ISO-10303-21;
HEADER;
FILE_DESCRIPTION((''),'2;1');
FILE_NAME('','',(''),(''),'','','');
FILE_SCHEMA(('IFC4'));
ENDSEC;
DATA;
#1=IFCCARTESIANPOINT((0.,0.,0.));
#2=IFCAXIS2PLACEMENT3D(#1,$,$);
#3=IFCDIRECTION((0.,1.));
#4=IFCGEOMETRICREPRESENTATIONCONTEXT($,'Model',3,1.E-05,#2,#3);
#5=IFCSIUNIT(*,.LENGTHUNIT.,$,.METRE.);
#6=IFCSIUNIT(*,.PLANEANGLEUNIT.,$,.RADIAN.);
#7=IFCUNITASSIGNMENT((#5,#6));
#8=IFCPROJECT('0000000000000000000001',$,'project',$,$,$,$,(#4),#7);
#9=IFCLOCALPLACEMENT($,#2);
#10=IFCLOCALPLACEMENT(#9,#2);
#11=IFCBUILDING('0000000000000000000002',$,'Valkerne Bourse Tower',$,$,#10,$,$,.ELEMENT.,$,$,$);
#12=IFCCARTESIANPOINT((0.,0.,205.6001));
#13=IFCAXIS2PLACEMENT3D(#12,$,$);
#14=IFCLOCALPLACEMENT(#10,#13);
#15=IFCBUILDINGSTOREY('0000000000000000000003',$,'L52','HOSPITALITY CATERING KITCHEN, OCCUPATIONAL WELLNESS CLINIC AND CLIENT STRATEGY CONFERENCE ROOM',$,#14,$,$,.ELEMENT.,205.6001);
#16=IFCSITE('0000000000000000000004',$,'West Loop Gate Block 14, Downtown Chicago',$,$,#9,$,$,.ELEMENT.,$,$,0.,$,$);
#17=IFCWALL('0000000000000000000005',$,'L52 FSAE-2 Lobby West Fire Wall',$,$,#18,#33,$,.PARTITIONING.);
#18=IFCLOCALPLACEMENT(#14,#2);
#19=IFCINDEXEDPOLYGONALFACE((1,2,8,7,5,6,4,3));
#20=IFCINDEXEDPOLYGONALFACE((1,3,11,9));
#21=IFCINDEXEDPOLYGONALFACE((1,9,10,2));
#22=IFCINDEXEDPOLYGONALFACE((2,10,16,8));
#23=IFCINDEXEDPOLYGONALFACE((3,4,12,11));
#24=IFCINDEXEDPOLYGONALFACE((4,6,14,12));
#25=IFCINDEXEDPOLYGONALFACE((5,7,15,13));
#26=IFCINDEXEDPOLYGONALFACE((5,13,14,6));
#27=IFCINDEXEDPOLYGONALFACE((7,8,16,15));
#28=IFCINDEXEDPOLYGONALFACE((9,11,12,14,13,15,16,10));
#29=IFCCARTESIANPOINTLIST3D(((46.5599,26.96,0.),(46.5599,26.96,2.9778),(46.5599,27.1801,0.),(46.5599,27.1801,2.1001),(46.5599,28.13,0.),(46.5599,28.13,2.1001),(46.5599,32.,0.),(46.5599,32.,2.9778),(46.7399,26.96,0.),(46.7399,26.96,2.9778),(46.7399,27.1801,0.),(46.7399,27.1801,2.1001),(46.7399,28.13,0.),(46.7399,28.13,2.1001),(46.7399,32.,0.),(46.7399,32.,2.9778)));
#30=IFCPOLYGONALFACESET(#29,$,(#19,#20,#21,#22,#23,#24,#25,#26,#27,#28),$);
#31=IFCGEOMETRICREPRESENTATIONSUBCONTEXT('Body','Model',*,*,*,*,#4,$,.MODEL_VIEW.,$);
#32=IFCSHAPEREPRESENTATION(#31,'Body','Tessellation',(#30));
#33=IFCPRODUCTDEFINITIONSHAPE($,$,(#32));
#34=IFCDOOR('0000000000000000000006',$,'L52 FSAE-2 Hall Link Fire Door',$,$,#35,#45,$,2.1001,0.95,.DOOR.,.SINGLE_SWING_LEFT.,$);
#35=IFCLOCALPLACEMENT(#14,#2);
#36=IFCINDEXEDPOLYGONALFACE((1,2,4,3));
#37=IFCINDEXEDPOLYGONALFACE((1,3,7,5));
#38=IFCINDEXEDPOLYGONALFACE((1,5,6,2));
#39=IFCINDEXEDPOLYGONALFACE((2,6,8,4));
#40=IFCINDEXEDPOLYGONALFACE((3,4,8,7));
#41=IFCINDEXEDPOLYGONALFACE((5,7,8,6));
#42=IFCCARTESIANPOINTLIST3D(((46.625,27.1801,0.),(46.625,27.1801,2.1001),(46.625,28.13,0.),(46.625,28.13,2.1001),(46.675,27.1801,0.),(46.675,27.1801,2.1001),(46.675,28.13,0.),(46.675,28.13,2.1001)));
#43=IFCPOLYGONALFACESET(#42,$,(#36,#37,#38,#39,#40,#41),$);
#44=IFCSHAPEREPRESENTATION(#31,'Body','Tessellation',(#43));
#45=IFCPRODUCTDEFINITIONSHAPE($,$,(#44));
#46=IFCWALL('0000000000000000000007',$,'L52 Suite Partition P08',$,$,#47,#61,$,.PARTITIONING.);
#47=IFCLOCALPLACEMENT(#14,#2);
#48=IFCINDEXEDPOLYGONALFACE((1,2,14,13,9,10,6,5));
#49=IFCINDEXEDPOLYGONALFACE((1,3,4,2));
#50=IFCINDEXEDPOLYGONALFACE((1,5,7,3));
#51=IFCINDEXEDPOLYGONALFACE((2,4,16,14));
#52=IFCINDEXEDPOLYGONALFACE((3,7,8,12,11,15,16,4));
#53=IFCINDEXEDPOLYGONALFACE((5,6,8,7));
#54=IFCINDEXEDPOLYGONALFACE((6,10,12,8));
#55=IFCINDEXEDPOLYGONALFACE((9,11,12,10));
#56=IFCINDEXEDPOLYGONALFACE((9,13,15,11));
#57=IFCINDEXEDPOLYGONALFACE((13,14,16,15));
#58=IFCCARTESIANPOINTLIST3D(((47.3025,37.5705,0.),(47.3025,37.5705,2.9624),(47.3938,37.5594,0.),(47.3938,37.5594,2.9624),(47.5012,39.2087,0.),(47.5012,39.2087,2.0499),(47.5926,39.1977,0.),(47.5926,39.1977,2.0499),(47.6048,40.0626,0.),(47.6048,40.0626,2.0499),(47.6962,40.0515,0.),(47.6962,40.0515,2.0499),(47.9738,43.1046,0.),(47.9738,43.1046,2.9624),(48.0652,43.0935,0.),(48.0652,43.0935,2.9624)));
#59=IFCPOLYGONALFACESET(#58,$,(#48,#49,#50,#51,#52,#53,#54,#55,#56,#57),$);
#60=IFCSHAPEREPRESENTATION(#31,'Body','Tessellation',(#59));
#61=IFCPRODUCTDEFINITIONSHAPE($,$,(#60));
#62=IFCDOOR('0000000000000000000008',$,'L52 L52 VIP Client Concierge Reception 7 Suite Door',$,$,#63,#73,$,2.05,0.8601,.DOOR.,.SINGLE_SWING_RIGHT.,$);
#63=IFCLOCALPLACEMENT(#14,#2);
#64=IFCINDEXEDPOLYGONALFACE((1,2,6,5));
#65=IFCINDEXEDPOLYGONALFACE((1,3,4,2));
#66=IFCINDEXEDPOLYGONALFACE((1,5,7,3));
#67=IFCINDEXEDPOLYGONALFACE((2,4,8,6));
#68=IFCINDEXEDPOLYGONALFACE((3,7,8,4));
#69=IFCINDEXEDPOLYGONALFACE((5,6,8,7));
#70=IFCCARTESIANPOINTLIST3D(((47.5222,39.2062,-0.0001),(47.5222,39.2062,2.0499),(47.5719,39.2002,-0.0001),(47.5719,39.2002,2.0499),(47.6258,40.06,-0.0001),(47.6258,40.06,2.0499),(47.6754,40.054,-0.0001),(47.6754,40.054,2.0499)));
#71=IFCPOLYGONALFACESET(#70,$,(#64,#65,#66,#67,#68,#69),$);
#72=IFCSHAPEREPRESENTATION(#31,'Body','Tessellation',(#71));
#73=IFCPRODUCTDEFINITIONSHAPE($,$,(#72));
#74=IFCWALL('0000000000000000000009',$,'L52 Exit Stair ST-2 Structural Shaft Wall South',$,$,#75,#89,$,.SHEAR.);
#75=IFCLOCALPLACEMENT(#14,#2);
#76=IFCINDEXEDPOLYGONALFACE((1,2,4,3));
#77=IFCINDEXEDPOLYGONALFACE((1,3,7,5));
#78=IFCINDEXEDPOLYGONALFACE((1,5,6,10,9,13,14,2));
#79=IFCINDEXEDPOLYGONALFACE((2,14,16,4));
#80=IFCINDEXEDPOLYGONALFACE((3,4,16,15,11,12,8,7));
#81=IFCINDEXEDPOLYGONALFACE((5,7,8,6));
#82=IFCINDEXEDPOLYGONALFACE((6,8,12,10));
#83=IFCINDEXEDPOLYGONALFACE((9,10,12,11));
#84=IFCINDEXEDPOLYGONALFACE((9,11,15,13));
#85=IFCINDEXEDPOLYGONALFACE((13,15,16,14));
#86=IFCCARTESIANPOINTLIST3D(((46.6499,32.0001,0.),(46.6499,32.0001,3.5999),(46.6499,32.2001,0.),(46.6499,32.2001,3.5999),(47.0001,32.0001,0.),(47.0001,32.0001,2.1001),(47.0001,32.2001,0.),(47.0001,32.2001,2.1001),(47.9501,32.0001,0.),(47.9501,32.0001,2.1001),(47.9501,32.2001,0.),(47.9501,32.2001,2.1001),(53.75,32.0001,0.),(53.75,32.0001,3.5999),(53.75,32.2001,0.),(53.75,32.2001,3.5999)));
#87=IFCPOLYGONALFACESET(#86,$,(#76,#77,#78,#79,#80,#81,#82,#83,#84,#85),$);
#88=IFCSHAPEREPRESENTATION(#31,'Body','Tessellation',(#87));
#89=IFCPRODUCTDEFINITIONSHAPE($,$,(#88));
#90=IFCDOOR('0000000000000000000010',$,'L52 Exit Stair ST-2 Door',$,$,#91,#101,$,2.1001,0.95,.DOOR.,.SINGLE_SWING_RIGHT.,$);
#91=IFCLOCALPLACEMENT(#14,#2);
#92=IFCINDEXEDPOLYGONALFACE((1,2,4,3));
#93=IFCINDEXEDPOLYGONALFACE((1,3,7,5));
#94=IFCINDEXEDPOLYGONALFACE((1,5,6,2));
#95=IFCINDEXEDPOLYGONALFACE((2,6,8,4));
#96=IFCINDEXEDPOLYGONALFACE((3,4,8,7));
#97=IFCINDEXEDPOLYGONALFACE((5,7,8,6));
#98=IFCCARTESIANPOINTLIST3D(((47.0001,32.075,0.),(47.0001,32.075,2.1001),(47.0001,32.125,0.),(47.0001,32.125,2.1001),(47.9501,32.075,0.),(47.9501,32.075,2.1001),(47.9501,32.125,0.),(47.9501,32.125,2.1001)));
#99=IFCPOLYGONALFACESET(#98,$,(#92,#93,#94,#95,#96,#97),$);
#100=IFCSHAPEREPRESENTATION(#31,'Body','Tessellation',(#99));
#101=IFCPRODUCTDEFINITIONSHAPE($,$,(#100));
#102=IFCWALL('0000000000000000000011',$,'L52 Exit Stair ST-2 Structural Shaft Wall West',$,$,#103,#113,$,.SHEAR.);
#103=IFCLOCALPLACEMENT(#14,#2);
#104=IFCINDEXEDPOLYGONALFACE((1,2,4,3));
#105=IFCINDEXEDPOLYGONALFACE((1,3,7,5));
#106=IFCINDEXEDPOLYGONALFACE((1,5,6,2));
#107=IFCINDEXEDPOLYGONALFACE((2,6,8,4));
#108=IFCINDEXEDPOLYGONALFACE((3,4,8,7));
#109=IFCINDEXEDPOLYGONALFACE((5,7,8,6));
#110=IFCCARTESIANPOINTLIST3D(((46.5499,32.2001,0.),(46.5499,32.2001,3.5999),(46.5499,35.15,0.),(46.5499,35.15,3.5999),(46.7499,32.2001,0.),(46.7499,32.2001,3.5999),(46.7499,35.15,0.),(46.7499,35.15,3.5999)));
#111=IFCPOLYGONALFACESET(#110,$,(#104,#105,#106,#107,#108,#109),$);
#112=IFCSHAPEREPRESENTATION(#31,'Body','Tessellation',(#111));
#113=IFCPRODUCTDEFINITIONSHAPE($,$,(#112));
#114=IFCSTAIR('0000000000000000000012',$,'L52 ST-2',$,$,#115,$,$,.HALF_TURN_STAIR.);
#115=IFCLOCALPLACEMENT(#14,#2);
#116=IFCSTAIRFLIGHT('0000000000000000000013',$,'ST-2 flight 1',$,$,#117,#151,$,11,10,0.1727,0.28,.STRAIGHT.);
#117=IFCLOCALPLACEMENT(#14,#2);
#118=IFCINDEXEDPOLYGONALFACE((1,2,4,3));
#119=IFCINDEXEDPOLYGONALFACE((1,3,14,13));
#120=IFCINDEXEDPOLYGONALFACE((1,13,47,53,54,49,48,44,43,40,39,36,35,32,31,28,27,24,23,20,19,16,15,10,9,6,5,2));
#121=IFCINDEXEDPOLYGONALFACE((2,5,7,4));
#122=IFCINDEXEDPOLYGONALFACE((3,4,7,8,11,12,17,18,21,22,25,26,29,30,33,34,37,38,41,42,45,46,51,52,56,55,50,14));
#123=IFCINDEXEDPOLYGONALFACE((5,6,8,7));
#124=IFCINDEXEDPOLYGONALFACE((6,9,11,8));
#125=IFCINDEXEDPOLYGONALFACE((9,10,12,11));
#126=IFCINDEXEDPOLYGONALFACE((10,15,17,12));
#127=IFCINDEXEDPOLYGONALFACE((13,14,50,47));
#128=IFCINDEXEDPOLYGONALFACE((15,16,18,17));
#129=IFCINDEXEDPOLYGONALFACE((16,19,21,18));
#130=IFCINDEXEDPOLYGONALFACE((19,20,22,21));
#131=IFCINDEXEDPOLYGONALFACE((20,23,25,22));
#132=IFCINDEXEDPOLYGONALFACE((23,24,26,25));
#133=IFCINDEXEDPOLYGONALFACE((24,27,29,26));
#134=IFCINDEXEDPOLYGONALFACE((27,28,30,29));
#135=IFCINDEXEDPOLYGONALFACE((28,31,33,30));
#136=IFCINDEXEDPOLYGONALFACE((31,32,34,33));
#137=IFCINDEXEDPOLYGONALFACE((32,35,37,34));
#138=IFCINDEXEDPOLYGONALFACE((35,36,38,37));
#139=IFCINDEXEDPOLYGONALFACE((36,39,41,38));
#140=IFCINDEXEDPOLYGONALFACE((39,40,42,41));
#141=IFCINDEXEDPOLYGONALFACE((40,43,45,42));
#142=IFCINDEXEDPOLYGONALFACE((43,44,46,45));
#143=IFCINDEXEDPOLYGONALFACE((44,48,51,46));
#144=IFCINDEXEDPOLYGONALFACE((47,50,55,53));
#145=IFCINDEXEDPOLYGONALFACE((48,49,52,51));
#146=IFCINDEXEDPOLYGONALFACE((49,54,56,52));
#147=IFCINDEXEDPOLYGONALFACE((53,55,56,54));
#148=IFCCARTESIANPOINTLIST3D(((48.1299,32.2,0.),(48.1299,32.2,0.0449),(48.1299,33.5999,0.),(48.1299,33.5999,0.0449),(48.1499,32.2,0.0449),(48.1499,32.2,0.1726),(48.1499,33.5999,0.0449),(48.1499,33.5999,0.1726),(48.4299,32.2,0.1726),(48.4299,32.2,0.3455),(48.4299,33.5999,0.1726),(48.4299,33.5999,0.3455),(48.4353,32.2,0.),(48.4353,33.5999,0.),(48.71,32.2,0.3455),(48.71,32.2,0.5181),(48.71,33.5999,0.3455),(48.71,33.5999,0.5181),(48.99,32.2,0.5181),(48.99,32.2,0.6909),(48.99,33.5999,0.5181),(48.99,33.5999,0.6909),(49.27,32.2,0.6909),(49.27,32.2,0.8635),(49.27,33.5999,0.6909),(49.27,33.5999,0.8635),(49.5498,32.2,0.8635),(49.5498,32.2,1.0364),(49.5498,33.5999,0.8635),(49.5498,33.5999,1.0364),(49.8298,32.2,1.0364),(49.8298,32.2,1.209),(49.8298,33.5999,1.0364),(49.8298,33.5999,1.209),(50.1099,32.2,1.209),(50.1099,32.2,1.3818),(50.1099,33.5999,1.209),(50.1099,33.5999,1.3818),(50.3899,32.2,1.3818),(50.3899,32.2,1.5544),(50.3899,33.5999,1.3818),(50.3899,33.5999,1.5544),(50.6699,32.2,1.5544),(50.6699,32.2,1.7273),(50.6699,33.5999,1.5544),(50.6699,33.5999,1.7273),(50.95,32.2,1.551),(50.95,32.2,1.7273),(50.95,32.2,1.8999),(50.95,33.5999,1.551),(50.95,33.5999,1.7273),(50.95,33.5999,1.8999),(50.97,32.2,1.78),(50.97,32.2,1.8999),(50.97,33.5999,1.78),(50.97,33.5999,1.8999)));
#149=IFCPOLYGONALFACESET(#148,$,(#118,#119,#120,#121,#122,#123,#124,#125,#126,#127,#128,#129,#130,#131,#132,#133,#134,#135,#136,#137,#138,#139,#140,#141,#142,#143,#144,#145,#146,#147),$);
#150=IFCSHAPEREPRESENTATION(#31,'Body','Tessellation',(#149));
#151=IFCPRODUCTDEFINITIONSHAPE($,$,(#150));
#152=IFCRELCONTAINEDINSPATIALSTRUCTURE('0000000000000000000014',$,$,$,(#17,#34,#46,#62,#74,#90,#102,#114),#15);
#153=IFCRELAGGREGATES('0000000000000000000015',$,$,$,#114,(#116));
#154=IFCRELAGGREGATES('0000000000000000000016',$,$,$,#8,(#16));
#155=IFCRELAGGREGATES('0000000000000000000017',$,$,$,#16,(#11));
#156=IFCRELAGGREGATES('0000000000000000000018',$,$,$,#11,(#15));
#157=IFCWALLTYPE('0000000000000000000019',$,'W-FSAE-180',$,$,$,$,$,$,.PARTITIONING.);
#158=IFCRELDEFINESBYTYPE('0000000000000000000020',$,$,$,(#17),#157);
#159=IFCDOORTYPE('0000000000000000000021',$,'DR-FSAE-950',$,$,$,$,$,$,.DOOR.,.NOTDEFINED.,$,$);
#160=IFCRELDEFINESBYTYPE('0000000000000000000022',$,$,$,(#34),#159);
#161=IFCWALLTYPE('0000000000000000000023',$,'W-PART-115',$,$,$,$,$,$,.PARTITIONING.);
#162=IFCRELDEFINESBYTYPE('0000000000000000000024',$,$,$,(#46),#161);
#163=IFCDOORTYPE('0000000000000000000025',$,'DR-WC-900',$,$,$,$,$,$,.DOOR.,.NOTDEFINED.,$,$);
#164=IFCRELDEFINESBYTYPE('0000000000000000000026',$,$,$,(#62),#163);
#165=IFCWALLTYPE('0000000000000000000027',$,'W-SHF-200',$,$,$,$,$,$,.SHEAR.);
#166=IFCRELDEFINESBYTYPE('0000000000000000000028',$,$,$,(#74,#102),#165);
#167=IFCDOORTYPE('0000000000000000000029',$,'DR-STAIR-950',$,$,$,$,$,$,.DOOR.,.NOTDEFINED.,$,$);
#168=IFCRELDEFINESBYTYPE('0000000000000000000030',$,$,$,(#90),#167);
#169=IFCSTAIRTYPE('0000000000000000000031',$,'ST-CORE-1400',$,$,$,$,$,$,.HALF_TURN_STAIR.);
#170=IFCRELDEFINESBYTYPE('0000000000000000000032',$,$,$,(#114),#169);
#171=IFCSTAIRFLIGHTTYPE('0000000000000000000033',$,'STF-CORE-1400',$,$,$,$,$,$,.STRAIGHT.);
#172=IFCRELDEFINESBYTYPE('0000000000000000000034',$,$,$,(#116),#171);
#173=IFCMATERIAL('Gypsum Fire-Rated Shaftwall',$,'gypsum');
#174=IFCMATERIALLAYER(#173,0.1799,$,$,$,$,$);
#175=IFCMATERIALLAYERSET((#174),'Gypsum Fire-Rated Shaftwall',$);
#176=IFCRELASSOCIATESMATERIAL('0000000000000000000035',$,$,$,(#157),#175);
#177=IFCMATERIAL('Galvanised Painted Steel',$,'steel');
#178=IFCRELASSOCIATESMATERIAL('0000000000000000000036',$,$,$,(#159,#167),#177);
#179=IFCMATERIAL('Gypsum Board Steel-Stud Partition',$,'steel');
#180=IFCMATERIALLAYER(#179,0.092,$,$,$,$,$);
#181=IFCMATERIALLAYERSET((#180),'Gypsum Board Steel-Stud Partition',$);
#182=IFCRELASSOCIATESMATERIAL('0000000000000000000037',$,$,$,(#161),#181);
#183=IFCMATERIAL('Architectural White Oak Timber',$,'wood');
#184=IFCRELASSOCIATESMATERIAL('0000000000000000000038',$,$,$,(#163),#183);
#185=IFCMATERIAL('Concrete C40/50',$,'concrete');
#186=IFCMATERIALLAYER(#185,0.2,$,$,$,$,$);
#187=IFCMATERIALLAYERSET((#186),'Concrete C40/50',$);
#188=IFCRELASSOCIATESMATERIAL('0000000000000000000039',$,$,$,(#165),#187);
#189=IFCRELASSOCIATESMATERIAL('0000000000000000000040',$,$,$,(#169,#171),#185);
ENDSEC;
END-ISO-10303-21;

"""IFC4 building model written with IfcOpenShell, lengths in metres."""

from ifc_helpers import new_model, si_unit, direction, frame, frame_2d, origin, place, context, subcontext, project, spatial, polyline, rectangle, outline, extrude, material, layer, layer_set, type_object, element, fill, aggregate, save


model = new_model("IFC4")

# Units and contexts
model_context = context("Model", 3, precision=1e-05, world=origin(), true_north=direction((0.0, 1.0)))
body_context = subcontext(model_context, "Body", "Model", "MODEL_VIEW")
ifc_project = project(units=[si_unit("LENGTHUNIT", "METRE"), si_unit("PLANEANGLEUNIT", "RADIAN")], contexts=[model_context])

# Site, building, storey
site_placement = place(None, origin())
site = spatial("IfcSite", under=ifc_project, at=site_placement, Name="West Loop Gate Block 14, Downtown Chicago", CompositionType="ELEMENT", RefElevation=0.0)
building_placement = place(site_placement, origin())
building = spatial("IfcBuilding", under=site, at=building_placement, Name="Valkerne Bourse Tower", CompositionType="ELEMENT")
storey_placement = place(building_placement, frame((0.0, 0.0, 205.6001)))
storey = spatial("IfcBuildingStorey", under=building, at=storey_placement, Name="L52", Description="HOSPITALITY CATERING KITCHEN, OCCUPATIONAL WELLNESS CLINIC AND CLIENT STRATEGY CONFERENCE ROOM", CompositionType="ELEMENT", Elevation=205.6001)

# Shared definitions
ifc_material_1 = material(Name="Gypsum Board Steel-Stud Partition", Category="steel")
ifc_material_2 = material(Name="Gypsum Fire-Rated Shaftwall", Category="gypsum")
ifc_layer_1 = layer(ifc_material_2, 0.1799)
ifc_layer_set_1 = layer_set([ifc_layer_1], Name="Gypsum Fire-Rated Shaftwall")
wall_type_1 = type_object("IfcWallType", Name="W-FSAE-180", PredefinedType="PARTITIONING", material=ifc_layer_set_1)

# Wall, opening, door
wall_1_placement = place(storey_placement, frame((46.6499, 26.96, 0.0), z_axis=(0.0, 0.0, 1.0), x_axis=(0.0, 1.0, 0.0)))
wall_1 = element("IfcWall", 1, at=wall_1_placement, inside=storey, type_object=wall_type_1, Name="L52 FSAE-2 Lobby West Fire Wall", PredefinedType="PARTITIONING", context=body_context, shape_type="SweptSolid", body=[
    extrude(rectangle(XDim=5.04, YDim=0.1799, at=frame_2d((2.52, 0.0))), origin(), (0.0, 0.0, 1.0), 2.9778),
])
opening_1_placement = place(wall_1_placement, frame((0.22, 0.0, 0.0)))
opening_1 = element("IfcOpeningElement", 2, at=opening_1_placement, cuts=wall_1, PredefinedType="OPENING", context=body_context, shape_type="SweptSolid", body=[
    extrude(rectangle(XDim=0.95, YDim=2.1001, at=frame_2d((0.4751, 1.05))), frame((0.0, 0.0999, 0.0), z_axis=(0.0, -1.0, 0.0), x_axis=(1.0, 0.0, 0.0)), (0.0, 0.0, 1.0), 0.2),
])
ifc_material_3 = material(Name="Galvanised Painted Steel", Category="steel")
door_type_1 = type_object("IfcDoorType", Name="DR-FSAE-950", OperationType="NOTDEFINED", PredefinedType="DOOR", material=ifc_material_3)
door_1_placement = place(opening_1_placement, origin())
door_1 = element("IfcDoor", 3, at=door_1_placement, inside=storey, type_object=door_type_1, Name="L52 FSAE-2 Hall Link Fire Door", OperationType="SINGLE_SWING_LEFT", OverallHeight=2.1001, OverallWidth=0.95, PredefinedType="DOOR", context=body_context, shape_type="SweptSolid", body=[
    extrude(rectangle(XDim=0.95, YDim=2.1001, at=frame_2d((0.4751, 1.05))), frame((0.0, 0.0249, 0.0), z_axis=(0.0, -1.0, 0.0), x_axis=(1.0, 0.0, 0.0)), (0.0, 0.0, 1.0), 0.05),
])
fill(opening_1, door_1)

# Walls, openings, doors
ifc_layer_2 = layer(ifc_material_1, 0.092)
ifc_layer_set_2 = layer_set([ifc_layer_2], Name="Gypsum Board Steel-Stud Partition")
wall_type_2 = type_object("IfcWallType", Name="W-PART-115", PredefinedType="PARTITIONING", material=ifc_layer_set_2)
wall_2_placement = place(storey_placement, frame((47.3481, 37.5649, 0.0), z_axis=(0.0, 0.0, 1.0), x_axis=(0.120433, 0.992721, 0.0)))
wall_2 = element("IfcWall", 4, at=wall_2_placement, inside=storey, type_object=wall_type_2, Name="L52 Suite Partition P08", PredefinedType="PARTITIONING", context=body_context, shape_type="SweptSolid", body=[
    extrude(rectangle(XDim=5.5747, YDim=0.092, at=frame_2d((2.7874, 0.0))), origin(), (0.0, 0.0, 1.0), 2.9624),
])
opening_2_placement = place(wall_2_placement, frame((1.6501, 0.0, 0.0)))
opening_2 = element("IfcOpeningElement", 5, at=opening_2_placement, cuts=wall_2, PredefinedType="OPENING", context=body_context, shape_type="SweptSolid", body=[
    extrude(rectangle(XDim=0.8601, YDim=2.05, at=frame_2d((0.4302, 1.0249))), frame((0.0, 0.0559, 0.0), z_axis=(0.0, -1.0, 0.0), x_axis=(1.0, 0.0, 0.0)), (0.0, 0.0, 1.0), 0.1121),
])
ifc_material_4 = material(Name="Architectural White Oak Timber", Category="wood")
door_type_2 = type_object("IfcDoorType", Name="DR-WC-900", OperationType="NOTDEFINED", PredefinedType="DOOR", material=ifc_material_4)
door_2_placement = place(opening_2_placement, origin())
door_2 = element("IfcDoor", 6, at=door_2_placement, inside=storey, type_object=door_type_2, Name="L52 L52 VIP Client Concierge Reception 7 Suite Door", OperationType="SINGLE_SWING_RIGHT", OverallHeight=2.05, OverallWidth=0.8601, PredefinedType="DOOR", context=body_context, shape_type="SweptSolid", body=[
    extrude(rectangle(XDim=0.8601, YDim=2.05, at=frame_2d((0.4302, 1.0249))), frame((0.0, 0.0249, 0.0), z_axis=(0.0, -1.0, 0.0), x_axis=(1.0, 0.0, 0.0)), (0.0, 0.0, 1.0), 0.05),
])
fill(opening_2, door_2)
ifc_material_5 = material(Name="Concrete C40/50", Category="concrete")
ifc_layer_3 = layer(ifc_material_5, 0.2)
ifc_layer_set_3 = layer_set([ifc_layer_3], Name="Concrete C40/50")
wall_type_3 = type_object("IfcWallType", Name="W-SHF-200", PredefinedType="SHEAR", material=ifc_layer_set_3)
wall_3_placement = place(storey_placement, frame((46.6499, 32.1001, 0.0), z_axis=(0.0, 0.0, 1.0), x_axis=(1.0, 0.0, 0.0)))
wall_3 = element("IfcWall", 7, at=wall_3_placement, inside=storey, type_object=wall_type_3, Name="L52 Exit Stair ST-2 Structural Shaft Wall South", PredefinedType="SHEAR", context=body_context, shape_type="SweptSolid", body=[
    extrude(rectangle(XDim=7.1001, YDim=0.2, at=frame_2d((3.55, 0.0))), origin(), (0.0, 0.0, 1.0), 3.5999),
])
opening_3_placement = place(wall_3_placement, frame((0.3501, 0.0, 0.0)))
opening_3 = element("IfcOpeningElement", 8, at=opening_3_placement, cuts=wall_3, PredefinedType="OPENING", context=body_context, shape_type="SweptSolid", body=[
    extrude(rectangle(XDim=0.95, YDim=2.1001, at=frame_2d((0.4751, 1.05))), frame((0.0, 0.1099, 0.0), z_axis=(0.0, -1.0, 0.0), x_axis=(1.0, 0.0, 0.0)), (0.0, 0.0, 1.0), 0.22),
])
door_type_3 = type_object("IfcDoorType", Name="DR-STAIR-950", OperationType="NOTDEFINED", PredefinedType="DOOR", material=ifc_material_3)
door_3_placement = place(opening_3_placement, origin())
door_3 = element("IfcDoor", 9, at=door_3_placement, inside=storey, type_object=door_type_3, Name="L52 Exit Stair ST-2 Door", OperationType="SINGLE_SWING_RIGHT", OverallHeight=2.1001, OverallWidth=0.95, PredefinedType="DOOR", context=body_context, shape_type="SweptSolid", body=[
    extrude(rectangle(XDim=0.95, YDim=2.1001, at=frame_2d((0.4751, 1.05))), frame((0.0, 0.0249, 0.0), z_axis=(0.0, -1.0, 0.0), x_axis=(1.0, 0.0, 0.0)), (0.0, 0.0, 1.0), 0.05),
])
fill(opening_3, door_3)

# Wall
wall_4_placement = place(storey_placement, frame((46.6499, 32.2, 0.0), z_axis=(0.0, 0.0, 1.0), x_axis=(0.0, 1.0, 0.0)))
element("IfcWall", 10, at=wall_4_placement, inside=storey, type_object=wall_type_3, Name="L52 Exit Stair ST-2 Structural Shaft Wall West", PredefinedType="SHEAR", context=body_context, shape_type="SweptSolid", body=[
    extrude(rectangle(XDim=2.95, YDim=0.2, at=frame_2d((1.4751, 0.0))), origin(), (0.0, 0.0, 1.0), 3.5999),
])

# Stair, stair flight
stair_type = type_object("IfcStairType", Name="ST-CORE-1400", PredefinedType="HALF_TURN_STAIR", material=ifc_material_5)
stair_placement = place(storey_placement, origin())
stair = element("IfcStair", 11, at=stair_placement, inside=storey, type_object=stair_type, Name="L52 ST-2", PredefinedType="HALF_TURN_STAIR")
stair_flight_type = type_object("IfcStairFlightType", Name="STF-CORE-1400", PredefinedType="STRAIGHT", material=ifc_material_5)
stair_flight_placement = place(storey_placement, frame((48.1499, 32.8999, 0.0), z_axis=(0.0, 0.0, 1.0), x_axis=(1.0, 0.0, 0.0)))
stair_flight = element("IfcStairFlight", 12, at=stair_flight_placement, type_object=stair_flight_type, Name="ST-2 flight 1", NumberOfRisers=11, NumberOfTreads=10, PredefinedType="STRAIGHT", RiserHeight=0.1727, TreadLength=0.28, context=body_context, shape_type="SweptSolid", body=[
    extrude(outline(polyline([(-0.02, 0.0), (-0.02, 0.0449), (0.0, 0.0449), (0.0, 0.1726), (0.28, 0.1726), (0.28, 0.3455), (0.5601, 0.3455), (0.5601, 0.5181), (0.8401, 0.5181), (0.8401, 0.6909), (1.1201, 0.6909), (1.1201, 0.8635), (1.3999, 0.8635), (1.3999, 1.0364), (1.6799, 1.0364), (1.6799, 1.209), (1.96, 1.209), (1.96, 1.3818), (2.24, 1.3818), (2.24, 1.5544), (2.52, 1.5544), (2.52, 1.7273), (2.8, 1.7273), (2.8, 1.8999), (2.8201, 1.8999), (2.8201, 1.78), (2.8, 1.551), (0.2854, 0.0), (-0.02, 0.0)])), frame((0.0, 0.7, 0.0), z_axis=(0.0, -1.0, 0.0), x_axis=(1.0, 0.0, 0.0)), (0.0, 0.0, 1.0), 1.3999),
])
aggregate(stair, [stair_flight])

save(model, "model.ifc")
